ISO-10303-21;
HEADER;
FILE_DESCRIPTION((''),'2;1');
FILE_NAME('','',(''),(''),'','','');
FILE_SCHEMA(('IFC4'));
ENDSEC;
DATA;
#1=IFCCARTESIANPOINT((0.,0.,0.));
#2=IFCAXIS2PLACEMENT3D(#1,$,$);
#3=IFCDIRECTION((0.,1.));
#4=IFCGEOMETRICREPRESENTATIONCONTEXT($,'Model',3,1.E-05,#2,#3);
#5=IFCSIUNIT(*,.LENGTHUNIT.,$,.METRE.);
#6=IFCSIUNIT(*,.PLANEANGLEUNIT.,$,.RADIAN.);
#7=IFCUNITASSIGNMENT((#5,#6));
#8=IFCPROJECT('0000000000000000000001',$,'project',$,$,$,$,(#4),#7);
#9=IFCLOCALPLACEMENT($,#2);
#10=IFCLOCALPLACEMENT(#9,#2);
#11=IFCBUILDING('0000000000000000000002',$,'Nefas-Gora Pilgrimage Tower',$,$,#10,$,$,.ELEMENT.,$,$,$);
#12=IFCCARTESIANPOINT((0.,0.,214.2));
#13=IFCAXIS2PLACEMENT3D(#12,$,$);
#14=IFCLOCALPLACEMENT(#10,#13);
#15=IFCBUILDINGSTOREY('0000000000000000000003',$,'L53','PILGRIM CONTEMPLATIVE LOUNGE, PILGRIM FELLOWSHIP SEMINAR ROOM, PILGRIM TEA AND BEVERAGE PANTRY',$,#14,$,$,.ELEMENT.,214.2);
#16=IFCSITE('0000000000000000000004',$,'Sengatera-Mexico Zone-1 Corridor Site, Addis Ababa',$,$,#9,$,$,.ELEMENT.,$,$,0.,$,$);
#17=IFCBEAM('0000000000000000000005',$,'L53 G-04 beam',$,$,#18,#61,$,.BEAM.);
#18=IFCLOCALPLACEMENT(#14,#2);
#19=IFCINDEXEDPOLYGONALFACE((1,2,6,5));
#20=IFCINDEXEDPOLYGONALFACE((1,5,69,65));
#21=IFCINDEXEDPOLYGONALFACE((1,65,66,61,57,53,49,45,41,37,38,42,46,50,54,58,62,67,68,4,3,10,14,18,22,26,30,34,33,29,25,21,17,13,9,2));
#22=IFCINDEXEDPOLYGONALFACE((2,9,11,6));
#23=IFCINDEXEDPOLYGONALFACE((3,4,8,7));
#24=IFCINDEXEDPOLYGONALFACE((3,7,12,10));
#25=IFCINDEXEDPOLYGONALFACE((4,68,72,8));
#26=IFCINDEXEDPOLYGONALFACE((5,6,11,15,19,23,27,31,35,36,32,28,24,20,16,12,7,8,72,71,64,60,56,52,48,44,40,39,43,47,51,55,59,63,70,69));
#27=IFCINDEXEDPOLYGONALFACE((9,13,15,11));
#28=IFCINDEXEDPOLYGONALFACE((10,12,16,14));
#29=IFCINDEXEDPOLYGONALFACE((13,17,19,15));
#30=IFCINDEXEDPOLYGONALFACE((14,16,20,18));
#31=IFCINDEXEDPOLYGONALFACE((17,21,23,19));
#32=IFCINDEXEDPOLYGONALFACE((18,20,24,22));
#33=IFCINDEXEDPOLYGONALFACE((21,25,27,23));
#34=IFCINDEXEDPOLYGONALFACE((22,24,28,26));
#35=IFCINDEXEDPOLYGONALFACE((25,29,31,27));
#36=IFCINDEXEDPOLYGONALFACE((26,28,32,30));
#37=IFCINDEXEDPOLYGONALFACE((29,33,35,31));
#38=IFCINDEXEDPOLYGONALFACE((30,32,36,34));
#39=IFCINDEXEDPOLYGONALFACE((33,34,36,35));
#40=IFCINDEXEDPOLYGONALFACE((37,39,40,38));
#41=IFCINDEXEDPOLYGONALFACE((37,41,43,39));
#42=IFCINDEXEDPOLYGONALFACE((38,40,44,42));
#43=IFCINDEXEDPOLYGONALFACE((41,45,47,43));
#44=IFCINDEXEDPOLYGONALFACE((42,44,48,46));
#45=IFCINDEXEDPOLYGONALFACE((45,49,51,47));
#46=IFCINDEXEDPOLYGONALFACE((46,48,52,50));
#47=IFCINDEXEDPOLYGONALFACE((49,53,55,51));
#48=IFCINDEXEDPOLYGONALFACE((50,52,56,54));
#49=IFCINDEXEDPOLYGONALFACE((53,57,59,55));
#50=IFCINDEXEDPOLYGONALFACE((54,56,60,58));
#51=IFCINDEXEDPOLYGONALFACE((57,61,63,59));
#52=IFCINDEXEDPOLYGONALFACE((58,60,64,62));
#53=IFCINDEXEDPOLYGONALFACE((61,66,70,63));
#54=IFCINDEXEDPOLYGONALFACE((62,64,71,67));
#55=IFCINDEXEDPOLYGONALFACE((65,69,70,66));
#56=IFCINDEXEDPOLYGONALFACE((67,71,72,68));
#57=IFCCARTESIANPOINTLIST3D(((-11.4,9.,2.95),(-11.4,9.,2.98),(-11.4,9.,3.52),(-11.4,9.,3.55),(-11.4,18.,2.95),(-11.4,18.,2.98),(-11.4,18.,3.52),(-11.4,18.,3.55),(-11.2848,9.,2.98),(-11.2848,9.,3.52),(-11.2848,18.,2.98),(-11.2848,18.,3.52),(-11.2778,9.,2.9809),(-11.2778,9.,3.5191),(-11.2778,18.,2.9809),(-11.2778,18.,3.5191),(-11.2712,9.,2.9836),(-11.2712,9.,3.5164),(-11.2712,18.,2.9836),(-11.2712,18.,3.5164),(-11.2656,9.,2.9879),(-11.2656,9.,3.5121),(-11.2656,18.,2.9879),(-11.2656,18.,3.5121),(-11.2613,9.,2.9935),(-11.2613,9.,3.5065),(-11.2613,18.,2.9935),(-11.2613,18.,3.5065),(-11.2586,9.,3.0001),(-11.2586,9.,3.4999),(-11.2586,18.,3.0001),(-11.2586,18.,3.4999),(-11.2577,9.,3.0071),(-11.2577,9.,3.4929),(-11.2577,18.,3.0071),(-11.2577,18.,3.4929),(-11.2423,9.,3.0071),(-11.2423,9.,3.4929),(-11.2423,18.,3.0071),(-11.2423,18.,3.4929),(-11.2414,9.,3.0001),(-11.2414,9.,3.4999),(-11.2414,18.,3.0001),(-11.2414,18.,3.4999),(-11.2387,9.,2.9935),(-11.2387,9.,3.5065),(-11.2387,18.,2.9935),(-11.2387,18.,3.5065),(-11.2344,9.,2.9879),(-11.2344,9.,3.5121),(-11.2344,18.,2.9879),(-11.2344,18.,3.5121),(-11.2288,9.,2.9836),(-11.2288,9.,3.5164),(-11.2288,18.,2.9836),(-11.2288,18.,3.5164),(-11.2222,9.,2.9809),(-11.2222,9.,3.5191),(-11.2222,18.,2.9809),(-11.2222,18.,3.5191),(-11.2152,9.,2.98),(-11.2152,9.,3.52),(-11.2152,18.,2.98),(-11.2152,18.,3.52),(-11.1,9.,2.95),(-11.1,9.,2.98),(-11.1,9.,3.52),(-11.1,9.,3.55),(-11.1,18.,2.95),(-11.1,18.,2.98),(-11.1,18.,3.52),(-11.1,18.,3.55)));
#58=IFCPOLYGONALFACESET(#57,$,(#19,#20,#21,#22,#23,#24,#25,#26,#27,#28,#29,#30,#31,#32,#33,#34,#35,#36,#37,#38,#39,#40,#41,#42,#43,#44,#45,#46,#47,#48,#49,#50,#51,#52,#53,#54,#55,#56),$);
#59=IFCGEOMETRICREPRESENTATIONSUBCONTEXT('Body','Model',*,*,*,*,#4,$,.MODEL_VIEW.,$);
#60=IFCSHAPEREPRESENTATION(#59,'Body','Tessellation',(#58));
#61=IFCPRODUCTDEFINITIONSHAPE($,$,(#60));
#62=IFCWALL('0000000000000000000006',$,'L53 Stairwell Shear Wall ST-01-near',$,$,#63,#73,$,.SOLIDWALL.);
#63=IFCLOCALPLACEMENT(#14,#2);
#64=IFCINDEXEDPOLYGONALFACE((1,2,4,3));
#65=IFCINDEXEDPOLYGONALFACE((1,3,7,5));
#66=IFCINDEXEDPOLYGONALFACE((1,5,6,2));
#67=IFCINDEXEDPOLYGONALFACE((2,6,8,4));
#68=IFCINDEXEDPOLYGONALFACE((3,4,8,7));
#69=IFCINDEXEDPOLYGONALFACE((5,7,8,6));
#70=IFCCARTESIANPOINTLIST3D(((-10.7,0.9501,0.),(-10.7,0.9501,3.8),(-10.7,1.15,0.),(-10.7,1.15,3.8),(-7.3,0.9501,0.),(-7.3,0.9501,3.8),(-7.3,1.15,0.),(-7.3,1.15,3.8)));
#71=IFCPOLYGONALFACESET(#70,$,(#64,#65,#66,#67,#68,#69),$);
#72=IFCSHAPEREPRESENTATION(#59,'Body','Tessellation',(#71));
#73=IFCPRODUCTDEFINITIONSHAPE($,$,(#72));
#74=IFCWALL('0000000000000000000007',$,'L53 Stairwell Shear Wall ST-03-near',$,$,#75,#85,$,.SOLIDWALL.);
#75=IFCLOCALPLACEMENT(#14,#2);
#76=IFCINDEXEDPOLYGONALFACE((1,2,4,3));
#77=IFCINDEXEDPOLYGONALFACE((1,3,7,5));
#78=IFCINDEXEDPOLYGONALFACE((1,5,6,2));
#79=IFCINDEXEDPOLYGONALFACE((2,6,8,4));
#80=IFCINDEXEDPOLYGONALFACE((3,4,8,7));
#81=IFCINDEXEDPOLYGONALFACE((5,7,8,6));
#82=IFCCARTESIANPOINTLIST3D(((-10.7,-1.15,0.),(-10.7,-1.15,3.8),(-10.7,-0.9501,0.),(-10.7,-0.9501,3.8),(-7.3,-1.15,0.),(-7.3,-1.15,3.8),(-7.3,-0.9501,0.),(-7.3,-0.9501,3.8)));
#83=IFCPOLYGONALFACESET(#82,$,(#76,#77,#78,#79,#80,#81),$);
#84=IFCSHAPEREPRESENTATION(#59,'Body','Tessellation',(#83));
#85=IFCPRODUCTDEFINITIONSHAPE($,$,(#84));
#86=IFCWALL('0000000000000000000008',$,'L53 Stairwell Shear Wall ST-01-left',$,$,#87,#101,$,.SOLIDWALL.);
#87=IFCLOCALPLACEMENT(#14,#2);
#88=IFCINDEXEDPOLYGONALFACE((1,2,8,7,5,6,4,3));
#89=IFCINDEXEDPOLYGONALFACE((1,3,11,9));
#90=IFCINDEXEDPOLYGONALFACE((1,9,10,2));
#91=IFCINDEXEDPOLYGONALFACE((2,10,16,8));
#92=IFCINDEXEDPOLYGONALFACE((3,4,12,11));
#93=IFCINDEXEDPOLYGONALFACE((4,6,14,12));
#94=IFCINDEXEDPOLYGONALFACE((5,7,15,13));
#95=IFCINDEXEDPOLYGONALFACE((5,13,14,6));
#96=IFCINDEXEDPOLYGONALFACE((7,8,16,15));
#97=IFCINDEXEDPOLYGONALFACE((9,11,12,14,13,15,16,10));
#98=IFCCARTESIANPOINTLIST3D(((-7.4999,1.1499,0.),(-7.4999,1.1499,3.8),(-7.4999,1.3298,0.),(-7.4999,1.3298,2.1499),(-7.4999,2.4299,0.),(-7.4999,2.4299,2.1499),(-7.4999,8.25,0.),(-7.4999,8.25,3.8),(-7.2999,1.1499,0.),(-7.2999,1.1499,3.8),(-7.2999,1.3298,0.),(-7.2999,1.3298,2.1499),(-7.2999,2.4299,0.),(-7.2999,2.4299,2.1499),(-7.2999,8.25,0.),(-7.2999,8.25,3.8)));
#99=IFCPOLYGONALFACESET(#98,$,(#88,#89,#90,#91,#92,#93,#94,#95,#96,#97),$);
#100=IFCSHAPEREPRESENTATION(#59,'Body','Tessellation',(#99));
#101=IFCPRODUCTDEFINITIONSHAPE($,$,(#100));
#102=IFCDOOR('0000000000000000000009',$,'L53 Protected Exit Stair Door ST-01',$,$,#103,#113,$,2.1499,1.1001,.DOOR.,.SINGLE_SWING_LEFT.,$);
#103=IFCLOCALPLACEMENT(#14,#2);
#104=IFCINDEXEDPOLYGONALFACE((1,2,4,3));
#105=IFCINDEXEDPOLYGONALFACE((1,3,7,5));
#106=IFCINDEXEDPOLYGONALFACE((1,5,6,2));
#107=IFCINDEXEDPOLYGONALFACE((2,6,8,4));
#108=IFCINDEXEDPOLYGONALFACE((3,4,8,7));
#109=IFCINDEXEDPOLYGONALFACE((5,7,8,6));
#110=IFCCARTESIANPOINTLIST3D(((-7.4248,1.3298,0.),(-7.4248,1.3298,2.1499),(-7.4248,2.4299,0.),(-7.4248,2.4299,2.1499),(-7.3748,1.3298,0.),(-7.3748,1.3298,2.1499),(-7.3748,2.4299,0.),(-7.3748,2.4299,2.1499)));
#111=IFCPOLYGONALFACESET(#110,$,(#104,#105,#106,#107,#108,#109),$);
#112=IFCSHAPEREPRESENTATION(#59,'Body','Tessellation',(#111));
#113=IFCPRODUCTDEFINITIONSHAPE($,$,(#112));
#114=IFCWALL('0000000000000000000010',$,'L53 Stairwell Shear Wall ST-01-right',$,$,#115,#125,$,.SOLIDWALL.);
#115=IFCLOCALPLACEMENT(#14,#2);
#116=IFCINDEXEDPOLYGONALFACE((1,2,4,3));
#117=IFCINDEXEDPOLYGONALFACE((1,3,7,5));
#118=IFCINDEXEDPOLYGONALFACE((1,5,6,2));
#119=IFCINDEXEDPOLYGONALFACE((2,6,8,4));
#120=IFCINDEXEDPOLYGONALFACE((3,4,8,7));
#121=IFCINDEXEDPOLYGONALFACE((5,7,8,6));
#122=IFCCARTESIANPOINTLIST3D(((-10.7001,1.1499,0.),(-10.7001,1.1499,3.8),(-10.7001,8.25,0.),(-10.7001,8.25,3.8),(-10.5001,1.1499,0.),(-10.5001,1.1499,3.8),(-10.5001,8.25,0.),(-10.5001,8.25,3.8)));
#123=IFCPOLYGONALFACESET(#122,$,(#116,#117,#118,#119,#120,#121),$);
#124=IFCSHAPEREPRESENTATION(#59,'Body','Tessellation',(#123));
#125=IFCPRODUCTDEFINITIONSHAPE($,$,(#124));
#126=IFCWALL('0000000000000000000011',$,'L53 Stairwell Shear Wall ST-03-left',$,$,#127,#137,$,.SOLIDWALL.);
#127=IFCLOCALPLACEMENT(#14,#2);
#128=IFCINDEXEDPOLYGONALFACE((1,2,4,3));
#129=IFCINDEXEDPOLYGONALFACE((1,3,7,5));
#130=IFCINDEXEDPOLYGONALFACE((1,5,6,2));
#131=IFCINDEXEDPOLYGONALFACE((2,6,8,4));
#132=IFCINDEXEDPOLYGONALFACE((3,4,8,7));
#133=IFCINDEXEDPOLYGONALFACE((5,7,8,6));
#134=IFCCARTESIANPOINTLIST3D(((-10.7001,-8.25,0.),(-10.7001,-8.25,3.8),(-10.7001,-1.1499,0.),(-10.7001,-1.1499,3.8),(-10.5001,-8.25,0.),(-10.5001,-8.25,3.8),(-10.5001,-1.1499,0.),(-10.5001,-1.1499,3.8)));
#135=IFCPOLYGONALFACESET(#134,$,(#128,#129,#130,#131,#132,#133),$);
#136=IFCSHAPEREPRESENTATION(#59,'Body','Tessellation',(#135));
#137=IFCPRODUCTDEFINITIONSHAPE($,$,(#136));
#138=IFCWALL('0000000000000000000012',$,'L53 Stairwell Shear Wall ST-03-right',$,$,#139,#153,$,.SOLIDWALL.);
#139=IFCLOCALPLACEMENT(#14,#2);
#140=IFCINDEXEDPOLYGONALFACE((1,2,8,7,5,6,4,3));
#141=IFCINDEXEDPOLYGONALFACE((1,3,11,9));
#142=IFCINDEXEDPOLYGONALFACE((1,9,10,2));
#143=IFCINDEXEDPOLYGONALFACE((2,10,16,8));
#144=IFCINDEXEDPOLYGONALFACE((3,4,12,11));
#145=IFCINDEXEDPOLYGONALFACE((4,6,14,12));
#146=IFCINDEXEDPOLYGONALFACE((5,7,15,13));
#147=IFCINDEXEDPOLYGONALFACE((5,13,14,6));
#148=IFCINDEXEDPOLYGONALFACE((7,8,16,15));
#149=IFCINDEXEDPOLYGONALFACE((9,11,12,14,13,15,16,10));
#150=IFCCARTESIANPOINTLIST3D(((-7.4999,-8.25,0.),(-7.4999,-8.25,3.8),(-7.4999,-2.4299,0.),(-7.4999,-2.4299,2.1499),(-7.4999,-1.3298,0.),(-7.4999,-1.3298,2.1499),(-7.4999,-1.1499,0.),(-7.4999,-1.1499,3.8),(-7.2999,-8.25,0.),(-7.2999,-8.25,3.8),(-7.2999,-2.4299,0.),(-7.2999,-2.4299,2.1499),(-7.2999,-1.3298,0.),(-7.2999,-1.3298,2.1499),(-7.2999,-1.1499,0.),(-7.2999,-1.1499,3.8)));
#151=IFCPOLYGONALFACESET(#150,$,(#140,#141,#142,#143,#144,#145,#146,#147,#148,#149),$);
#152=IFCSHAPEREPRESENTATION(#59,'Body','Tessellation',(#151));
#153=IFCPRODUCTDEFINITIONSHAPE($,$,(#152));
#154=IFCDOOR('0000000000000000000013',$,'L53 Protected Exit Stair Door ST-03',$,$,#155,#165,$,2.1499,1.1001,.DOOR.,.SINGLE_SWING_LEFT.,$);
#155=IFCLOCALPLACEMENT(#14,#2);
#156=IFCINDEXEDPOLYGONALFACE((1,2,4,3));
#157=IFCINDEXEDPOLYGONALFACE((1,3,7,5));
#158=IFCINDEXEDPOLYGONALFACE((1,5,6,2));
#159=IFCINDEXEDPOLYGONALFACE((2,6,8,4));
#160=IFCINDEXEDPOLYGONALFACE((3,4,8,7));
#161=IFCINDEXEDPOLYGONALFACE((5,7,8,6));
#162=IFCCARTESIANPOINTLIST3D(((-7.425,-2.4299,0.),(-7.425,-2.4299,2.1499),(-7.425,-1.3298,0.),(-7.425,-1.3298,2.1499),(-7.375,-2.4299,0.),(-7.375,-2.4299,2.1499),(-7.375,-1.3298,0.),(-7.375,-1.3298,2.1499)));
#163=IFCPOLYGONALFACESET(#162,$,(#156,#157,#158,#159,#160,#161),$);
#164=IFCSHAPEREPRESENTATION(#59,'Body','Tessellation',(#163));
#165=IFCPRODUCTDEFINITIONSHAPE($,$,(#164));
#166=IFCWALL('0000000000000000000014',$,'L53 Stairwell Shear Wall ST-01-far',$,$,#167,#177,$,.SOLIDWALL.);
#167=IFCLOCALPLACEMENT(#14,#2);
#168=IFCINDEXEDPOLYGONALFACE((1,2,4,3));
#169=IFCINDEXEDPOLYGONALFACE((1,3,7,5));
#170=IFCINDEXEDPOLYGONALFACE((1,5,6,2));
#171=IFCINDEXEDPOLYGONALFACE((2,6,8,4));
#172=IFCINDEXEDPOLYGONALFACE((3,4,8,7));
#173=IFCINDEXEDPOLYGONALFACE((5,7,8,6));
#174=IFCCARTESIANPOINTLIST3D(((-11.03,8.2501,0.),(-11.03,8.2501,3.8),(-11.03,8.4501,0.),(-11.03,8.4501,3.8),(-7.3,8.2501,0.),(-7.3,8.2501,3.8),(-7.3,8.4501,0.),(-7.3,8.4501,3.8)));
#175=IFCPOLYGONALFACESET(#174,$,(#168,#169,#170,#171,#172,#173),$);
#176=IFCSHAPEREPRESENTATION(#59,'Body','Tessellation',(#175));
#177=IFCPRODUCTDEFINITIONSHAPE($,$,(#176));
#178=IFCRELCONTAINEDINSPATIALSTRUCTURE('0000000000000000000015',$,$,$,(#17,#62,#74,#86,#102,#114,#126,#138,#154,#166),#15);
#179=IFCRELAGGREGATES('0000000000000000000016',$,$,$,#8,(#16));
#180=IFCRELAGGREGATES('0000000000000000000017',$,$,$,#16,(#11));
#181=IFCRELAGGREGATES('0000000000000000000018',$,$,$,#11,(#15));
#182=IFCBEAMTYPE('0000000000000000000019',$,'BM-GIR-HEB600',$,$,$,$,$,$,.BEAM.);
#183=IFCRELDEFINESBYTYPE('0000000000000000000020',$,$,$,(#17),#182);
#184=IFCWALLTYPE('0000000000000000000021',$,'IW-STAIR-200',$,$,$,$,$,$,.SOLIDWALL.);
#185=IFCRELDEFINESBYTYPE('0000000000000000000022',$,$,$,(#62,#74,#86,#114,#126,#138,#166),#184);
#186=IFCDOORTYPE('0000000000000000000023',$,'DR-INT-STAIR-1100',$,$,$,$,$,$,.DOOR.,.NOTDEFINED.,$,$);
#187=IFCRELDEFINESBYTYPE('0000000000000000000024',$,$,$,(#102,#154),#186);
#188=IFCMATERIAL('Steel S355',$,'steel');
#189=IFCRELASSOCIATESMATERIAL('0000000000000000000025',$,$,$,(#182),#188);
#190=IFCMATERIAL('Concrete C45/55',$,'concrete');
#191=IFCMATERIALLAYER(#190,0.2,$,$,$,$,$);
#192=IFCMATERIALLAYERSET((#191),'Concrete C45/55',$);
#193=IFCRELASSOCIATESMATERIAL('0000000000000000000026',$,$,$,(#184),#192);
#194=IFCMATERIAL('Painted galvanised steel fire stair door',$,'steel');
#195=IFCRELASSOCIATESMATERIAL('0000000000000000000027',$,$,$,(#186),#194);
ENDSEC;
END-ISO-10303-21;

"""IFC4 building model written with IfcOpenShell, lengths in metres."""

from ifc_helpers import new_model, si_unit, direction, frame, frame_2d, origin, origin_2d, place, context, subcontext, project, spatial, rectangle, i_section, extrude, source, transform, mapped, material, layer, layer_set, material_profile, profile_set, type_object, element, fill, save


model = new_model("IFC4")

# Units and contexts
model_context = context("Model", 3, precision=1e-05, world=origin(), true_north=direction((0.0, 1.0)))
body_context = subcontext(model_context, "Body", "Model", "MODEL_VIEW")
ifc_project = project(units=[si_unit("LENGTHUNIT", "METRE"), si_unit("PLANEANGLEUNIT", "RADIAN")], contexts=[model_context])

# Site, building, storey
site_placement = place(None, origin())
site = spatial("IfcSite", under=ifc_project, at=site_placement, Name="Sengatera-Mexico Zone-1 Corridor Site, Addis Ababa", CompositionType="ELEMENT", RefElevation=0.0)
building_placement = place(site_placement, origin())
building = spatial("IfcBuilding", under=site, at=building_placement, Name="Nefas-Gora Pilgrimage Tower", CompositionType="ELEMENT")
storey_placement = place(building_placement, frame((0.0, 0.0, 214.2)))
storey = spatial("IfcBuildingStorey", under=building, at=storey_placement, Name="L53", Description="PILGRIM CONTEMPLATIVE LOUNGE, PILGRIM FELLOWSHIP SEMINAR ROOM, PILGRIM TEA AND BEVERAGE PANTRY", CompositionType="ELEMENT", Elevation=214.2)

# Beam
ifc_material_1 = material(Name="Steel S355", Category="steel")
ifc_material_profile = material_profile(ifc_material_1, i_section(OverallWidth=0.3, OverallDepth=0.6001, WebThickness=0.0154, FlangeThickness=0.03, FilletRadius=0.0271, at=origin_2d()), Name="HEB 600")
ifc_profile_set = profile_set([ifc_material_profile], Name="Steel S355")
beam_type = type_object("IfcBeamType", Name="BM-GIR-HEB600", PredefinedType="BEAM", material=ifc_profile_set)
shared_shape_1 = source(origin(), body_context, "Body", "SweptSolid", [
    extrude(i_section(OverallWidth=0.3, OverallDepth=0.6001, WebThickness=0.0154, FlangeThickness=0.03, FilletRadius=0.0271, at=origin_2d()), origin(), (0.0, 0.0, 1.0), 9.0),
])
beam_placement = place(storey_placement, frame((-11.25, 9.0, 3.25), z_axis=(0.0, 1.0, 0.0), x_axis=(-1.0, 0.0, 0.0)))
element("IfcBeam", 1, at=beam_placement, inside=storey, type_object=beam_type, Name="L53 G-04 beam", PredefinedType="BEAM", context=body_context, shape_type="MappedRepresentation", body=[
    mapped(shared_shape_1, transform((0.0, 0.0, 0.0), x_axis=(1.0, 0.0, 0.0), y_axis=(0.0, 1.0, 0.0), z_axis=(0.0, 0.0, 1.0), scale=1.0)),
])

# Walls
ifc_material_2 = material(Name="Concrete C45/55", Category="concrete")
ifc_layer_1 = layer(ifc_material_2, 0.2)
ifc_layer_set_1 = layer_set([ifc_layer_1], Name="Concrete C45/55")
wall_type_1 = type_object("IfcWallType", Name="IW-STAIR-200", PredefinedType="SOLIDWALL", material=ifc_layer_set_1)
shared_shape_2 = source(origin(), body_context, "Body", "SweptSolid", [
    extrude(rectangle(XDim=3.3999, YDim=0.2, at=frame_2d((1.7, 0.0))), origin(), (0.0, 0.0, 1.0), 3.8),
])
for number, where, z_axis, x_axis, name in (
    (2, (-7.3, 1.05, 0.0), (0.0, 0.0, 1.0), (-1.0, 0.0, 0.0), "L53 Stairwell Shear Wall ST-01-near"),
    (3, (-10.7, -1.05, 0.0), (0.0, 0.0, 1.0), (1.0, 0.0, 0.0), "L53 Stairwell Shear Wall ST-03-near"),
):
    element("IfcWall", number, at=place(storey_placement, frame(where, z_axis=z_axis, x_axis=x_axis)), inside=storey, type_object=wall_type_1, Name=name, PredefinedType="SOLIDWALL", context=body_context, shape_type="MappedRepresentation", body=[
        mapped(shared_shape_2, transform((0.0, 0.0, 0.0), x_axis=(1.0, 0.0, 0.0), y_axis=(0.0, 1.0, 0.0), z_axis=(0.0, 0.0, 1.0), scale=1.0)),
    ])

# Wall, opening, door
shared_shape_3 = source(origin(), body_context, "Body", "SweptSolid", [
    extrude(rectangle(XDim=7.1001, YDim=0.2, at=frame_2d((3.55, 0.0))), origin(), (0.0, 0.0, 1.0), 3.8),
])
wall_1_placement = place(storey_placement, frame((-7.3999, 1.1499, 0.0), z_axis=(0.0, 0.0, 1.0), x_axis=(0.0, 1.0, 0.0)))
wall_1 = element("IfcWall", 4, at=wall_1_placement, inside=storey, type_object=wall_type_1, Name="L53 Stairwell Shear Wall ST-01-left", PredefinedType="SOLIDWALL", context=body_context, shape_type="MappedRepresentation", body=[
    mapped(shared_shape_3, transform((0.0, 0.0, 0.0), x_axis=(1.0, 0.0, 0.0), y_axis=(0.0, 1.0, 0.0), z_axis=(0.0, 0.0, 1.0), scale=1.0)),
])
opening_1_placement = place(wall_1_placement, frame((0.1799, 0.0, 0.0)))
opening_1 = element("IfcOpeningElement", 5, at=opening_1_placement, cuts=wall_1, PredefinedType="OPENING", context=body_context, shape_type="SweptSolid", body=[
    extrude(rectangle(XDim=1.1001, YDim=2.1499, at=frame_2d((0.55, 1.075))), frame((0.0, 0.1099, 0.0), z_axis=(0.0, -1.0, 0.0), x_axis=(1.0, 0.0, 0.0)), (0.0, 0.0, 1.0), 0.22),
])
ifc_material_3 = material(Name="Painted galvanised steel fire stair door", Category="steel")
door_type_1 = type_object("IfcDoorType", Name="DR-INT-STAIR-1100", OperationType="NOTDEFINED", PredefinedType="DOOR", material=ifc_material_3)
shared_shape_4 = source(origin(), body_context, "Body", "SweptSolid", [
    extrude(rectangle(XDim=1.1001, YDim=2.1499, at=frame_2d((0.55, 1.075))), frame((0.0, 0.0249, 0.0), z_axis=(0.0, -1.0, 0.0), x_axis=(1.0, 0.0, 0.0)), (0.0, 0.0, 1.0), 0.05),
])
door_1_placement = place(opening_1_placement, origin())
door_1 = element("IfcDoor", 6, at=door_1_placement, inside=storey, type_object=door_type_1, Name="L53 Protected Exit Stair Door ST-01", OperationType="SINGLE_SWING_LEFT", OverallHeight=2.1499, OverallWidth=1.1001, PredefinedType="DOOR", context=body_context, shape_type="MappedRepresentation", body=[
    mapped(shared_shape_4, transform((0.0, 0.0, 0.0), x_axis=(1.0, 0.0, 0.0), y_axis=(0.0, 1.0, 0.0), z_axis=(0.0, 0.0, 1.0), scale=1.0)),
])
fill(opening_1, door_1)

# Walls
for number, where, z_axis, x_axis, name in (
    (7, (-10.6001, 1.1499, 0.0), (0.0, 0.0, 1.0), (0.0, 1.0, 0.0), "L53 Stairwell Shear Wall ST-01-right"),
    (8, (-10.6001, -1.1499, 0.0), (0.0, 0.0, 1.0), (0.0, -1.0, 0.0), "L53 Stairwell Shear Wall ST-03-left"),
):
    element("IfcWall", number, at=place(storey_placement, frame(where, z_axis=z_axis, x_axis=x_axis)), inside=storey, type_object=wall_type_1, Name=name, PredefinedType="SOLIDWALL", context=body_context, shape_type="MappedRepresentation", body=[
        mapped(shared_shape_3, transform((0.0, 0.0, 0.0), x_axis=(1.0, 0.0, 0.0), y_axis=(0.0, 1.0, 0.0), z_axis=(0.0, 0.0, 1.0), scale=1.0)),
    ])

# Wall, opening, door
wall_2_placement = place(storey_placement, frame((-7.3999, -1.1499, 0.0), z_axis=(0.0, 0.0, 1.0), x_axis=(0.0, -1.0, 0.0)))
wall_2 = element("IfcWall", 9, at=wall_2_placement, inside=storey, type_object=wall_type_1, Name="L53 Stairwell Shear Wall ST-03-right", PredefinedType="SOLIDWALL", context=body_context, shape_type="MappedRepresentation", body=[
    mapped(shared_shape_3, transform((0.0, 0.0, 0.0), x_axis=(1.0, 0.0, 0.0), y_axis=(0.0, 1.0, 0.0), z_axis=(0.0, 0.0, 1.0), scale=1.0)),
])
opening_2_placement = place(wall_2_placement, frame((0.1799, 0.0, 0.0)))
opening_2 = element("IfcOpeningElement", 10, at=opening_2_placement, cuts=wall_2, PredefinedType="OPENING", context=body_context, shape_type="SweptSolid", body=[
    extrude(rectangle(XDim=1.1001, YDim=2.1499, at=frame_2d((0.55, 1.075))), frame((0.0, 0.1099, 0.0), z_axis=(0.0, -1.0, 0.0), x_axis=(1.0, 0.0, 0.0)), (0.0, 0.0, 1.0), 0.22),
])
door_2_placement = place(opening_2_placement, origin())
door_2 = element("IfcDoor", 11, at=door_2_placement, inside=storey, type_object=door_type_1, Name="L53 Protected Exit Stair Door ST-03", OperationType="SINGLE_SWING_LEFT", OverallHeight=2.1499, OverallWidth=1.1001, PredefinedType="DOOR", context=body_context, shape_type="MappedRepresentation", body=[
    mapped(shared_shape_4, transform((0.0, 0.0, 0.0), x_axis=(1.0, 0.0, 0.0), y_axis=(0.0, 1.0, 0.0), z_axis=(0.0, 0.0, 1.0), scale=1.0)),
])
fill(opening_2, door_2)

# Wall
shared_shape_5 = source(origin(), body_context, "Body", "SweptSolid", [
    extrude(rectangle(XDim=3.73, YDim=0.2, at=frame_2d((1.865, 0.0))), origin(), (0.0, 0.0, 1.0), 3.8),
])
wall_3_placement = place(storey_placement, frame((-7.3, 8.3501, 0.0), z_axis=(0.0, 0.0, 1.0), x_axis=(-1.0, 0.0, 0.0)))
element("IfcWall", 12, at=wall_3_placement, inside=storey, type_object=wall_type_1, Name="L53 Stairwell Shear Wall ST-01-far", PredefinedType="SOLIDWALL", context=body_context, shape_type="MappedRepresentation", body=[
    mapped(shared_shape_5, transform((0.0, 0.0, 0.0), x_axis=(1.0, 0.0, 0.0), y_axis=(0.0, 1.0, 0.0), z_axis=(0.0, 0.0, 1.0), scale=1.0)),
])

save(model, "model.ifc")
